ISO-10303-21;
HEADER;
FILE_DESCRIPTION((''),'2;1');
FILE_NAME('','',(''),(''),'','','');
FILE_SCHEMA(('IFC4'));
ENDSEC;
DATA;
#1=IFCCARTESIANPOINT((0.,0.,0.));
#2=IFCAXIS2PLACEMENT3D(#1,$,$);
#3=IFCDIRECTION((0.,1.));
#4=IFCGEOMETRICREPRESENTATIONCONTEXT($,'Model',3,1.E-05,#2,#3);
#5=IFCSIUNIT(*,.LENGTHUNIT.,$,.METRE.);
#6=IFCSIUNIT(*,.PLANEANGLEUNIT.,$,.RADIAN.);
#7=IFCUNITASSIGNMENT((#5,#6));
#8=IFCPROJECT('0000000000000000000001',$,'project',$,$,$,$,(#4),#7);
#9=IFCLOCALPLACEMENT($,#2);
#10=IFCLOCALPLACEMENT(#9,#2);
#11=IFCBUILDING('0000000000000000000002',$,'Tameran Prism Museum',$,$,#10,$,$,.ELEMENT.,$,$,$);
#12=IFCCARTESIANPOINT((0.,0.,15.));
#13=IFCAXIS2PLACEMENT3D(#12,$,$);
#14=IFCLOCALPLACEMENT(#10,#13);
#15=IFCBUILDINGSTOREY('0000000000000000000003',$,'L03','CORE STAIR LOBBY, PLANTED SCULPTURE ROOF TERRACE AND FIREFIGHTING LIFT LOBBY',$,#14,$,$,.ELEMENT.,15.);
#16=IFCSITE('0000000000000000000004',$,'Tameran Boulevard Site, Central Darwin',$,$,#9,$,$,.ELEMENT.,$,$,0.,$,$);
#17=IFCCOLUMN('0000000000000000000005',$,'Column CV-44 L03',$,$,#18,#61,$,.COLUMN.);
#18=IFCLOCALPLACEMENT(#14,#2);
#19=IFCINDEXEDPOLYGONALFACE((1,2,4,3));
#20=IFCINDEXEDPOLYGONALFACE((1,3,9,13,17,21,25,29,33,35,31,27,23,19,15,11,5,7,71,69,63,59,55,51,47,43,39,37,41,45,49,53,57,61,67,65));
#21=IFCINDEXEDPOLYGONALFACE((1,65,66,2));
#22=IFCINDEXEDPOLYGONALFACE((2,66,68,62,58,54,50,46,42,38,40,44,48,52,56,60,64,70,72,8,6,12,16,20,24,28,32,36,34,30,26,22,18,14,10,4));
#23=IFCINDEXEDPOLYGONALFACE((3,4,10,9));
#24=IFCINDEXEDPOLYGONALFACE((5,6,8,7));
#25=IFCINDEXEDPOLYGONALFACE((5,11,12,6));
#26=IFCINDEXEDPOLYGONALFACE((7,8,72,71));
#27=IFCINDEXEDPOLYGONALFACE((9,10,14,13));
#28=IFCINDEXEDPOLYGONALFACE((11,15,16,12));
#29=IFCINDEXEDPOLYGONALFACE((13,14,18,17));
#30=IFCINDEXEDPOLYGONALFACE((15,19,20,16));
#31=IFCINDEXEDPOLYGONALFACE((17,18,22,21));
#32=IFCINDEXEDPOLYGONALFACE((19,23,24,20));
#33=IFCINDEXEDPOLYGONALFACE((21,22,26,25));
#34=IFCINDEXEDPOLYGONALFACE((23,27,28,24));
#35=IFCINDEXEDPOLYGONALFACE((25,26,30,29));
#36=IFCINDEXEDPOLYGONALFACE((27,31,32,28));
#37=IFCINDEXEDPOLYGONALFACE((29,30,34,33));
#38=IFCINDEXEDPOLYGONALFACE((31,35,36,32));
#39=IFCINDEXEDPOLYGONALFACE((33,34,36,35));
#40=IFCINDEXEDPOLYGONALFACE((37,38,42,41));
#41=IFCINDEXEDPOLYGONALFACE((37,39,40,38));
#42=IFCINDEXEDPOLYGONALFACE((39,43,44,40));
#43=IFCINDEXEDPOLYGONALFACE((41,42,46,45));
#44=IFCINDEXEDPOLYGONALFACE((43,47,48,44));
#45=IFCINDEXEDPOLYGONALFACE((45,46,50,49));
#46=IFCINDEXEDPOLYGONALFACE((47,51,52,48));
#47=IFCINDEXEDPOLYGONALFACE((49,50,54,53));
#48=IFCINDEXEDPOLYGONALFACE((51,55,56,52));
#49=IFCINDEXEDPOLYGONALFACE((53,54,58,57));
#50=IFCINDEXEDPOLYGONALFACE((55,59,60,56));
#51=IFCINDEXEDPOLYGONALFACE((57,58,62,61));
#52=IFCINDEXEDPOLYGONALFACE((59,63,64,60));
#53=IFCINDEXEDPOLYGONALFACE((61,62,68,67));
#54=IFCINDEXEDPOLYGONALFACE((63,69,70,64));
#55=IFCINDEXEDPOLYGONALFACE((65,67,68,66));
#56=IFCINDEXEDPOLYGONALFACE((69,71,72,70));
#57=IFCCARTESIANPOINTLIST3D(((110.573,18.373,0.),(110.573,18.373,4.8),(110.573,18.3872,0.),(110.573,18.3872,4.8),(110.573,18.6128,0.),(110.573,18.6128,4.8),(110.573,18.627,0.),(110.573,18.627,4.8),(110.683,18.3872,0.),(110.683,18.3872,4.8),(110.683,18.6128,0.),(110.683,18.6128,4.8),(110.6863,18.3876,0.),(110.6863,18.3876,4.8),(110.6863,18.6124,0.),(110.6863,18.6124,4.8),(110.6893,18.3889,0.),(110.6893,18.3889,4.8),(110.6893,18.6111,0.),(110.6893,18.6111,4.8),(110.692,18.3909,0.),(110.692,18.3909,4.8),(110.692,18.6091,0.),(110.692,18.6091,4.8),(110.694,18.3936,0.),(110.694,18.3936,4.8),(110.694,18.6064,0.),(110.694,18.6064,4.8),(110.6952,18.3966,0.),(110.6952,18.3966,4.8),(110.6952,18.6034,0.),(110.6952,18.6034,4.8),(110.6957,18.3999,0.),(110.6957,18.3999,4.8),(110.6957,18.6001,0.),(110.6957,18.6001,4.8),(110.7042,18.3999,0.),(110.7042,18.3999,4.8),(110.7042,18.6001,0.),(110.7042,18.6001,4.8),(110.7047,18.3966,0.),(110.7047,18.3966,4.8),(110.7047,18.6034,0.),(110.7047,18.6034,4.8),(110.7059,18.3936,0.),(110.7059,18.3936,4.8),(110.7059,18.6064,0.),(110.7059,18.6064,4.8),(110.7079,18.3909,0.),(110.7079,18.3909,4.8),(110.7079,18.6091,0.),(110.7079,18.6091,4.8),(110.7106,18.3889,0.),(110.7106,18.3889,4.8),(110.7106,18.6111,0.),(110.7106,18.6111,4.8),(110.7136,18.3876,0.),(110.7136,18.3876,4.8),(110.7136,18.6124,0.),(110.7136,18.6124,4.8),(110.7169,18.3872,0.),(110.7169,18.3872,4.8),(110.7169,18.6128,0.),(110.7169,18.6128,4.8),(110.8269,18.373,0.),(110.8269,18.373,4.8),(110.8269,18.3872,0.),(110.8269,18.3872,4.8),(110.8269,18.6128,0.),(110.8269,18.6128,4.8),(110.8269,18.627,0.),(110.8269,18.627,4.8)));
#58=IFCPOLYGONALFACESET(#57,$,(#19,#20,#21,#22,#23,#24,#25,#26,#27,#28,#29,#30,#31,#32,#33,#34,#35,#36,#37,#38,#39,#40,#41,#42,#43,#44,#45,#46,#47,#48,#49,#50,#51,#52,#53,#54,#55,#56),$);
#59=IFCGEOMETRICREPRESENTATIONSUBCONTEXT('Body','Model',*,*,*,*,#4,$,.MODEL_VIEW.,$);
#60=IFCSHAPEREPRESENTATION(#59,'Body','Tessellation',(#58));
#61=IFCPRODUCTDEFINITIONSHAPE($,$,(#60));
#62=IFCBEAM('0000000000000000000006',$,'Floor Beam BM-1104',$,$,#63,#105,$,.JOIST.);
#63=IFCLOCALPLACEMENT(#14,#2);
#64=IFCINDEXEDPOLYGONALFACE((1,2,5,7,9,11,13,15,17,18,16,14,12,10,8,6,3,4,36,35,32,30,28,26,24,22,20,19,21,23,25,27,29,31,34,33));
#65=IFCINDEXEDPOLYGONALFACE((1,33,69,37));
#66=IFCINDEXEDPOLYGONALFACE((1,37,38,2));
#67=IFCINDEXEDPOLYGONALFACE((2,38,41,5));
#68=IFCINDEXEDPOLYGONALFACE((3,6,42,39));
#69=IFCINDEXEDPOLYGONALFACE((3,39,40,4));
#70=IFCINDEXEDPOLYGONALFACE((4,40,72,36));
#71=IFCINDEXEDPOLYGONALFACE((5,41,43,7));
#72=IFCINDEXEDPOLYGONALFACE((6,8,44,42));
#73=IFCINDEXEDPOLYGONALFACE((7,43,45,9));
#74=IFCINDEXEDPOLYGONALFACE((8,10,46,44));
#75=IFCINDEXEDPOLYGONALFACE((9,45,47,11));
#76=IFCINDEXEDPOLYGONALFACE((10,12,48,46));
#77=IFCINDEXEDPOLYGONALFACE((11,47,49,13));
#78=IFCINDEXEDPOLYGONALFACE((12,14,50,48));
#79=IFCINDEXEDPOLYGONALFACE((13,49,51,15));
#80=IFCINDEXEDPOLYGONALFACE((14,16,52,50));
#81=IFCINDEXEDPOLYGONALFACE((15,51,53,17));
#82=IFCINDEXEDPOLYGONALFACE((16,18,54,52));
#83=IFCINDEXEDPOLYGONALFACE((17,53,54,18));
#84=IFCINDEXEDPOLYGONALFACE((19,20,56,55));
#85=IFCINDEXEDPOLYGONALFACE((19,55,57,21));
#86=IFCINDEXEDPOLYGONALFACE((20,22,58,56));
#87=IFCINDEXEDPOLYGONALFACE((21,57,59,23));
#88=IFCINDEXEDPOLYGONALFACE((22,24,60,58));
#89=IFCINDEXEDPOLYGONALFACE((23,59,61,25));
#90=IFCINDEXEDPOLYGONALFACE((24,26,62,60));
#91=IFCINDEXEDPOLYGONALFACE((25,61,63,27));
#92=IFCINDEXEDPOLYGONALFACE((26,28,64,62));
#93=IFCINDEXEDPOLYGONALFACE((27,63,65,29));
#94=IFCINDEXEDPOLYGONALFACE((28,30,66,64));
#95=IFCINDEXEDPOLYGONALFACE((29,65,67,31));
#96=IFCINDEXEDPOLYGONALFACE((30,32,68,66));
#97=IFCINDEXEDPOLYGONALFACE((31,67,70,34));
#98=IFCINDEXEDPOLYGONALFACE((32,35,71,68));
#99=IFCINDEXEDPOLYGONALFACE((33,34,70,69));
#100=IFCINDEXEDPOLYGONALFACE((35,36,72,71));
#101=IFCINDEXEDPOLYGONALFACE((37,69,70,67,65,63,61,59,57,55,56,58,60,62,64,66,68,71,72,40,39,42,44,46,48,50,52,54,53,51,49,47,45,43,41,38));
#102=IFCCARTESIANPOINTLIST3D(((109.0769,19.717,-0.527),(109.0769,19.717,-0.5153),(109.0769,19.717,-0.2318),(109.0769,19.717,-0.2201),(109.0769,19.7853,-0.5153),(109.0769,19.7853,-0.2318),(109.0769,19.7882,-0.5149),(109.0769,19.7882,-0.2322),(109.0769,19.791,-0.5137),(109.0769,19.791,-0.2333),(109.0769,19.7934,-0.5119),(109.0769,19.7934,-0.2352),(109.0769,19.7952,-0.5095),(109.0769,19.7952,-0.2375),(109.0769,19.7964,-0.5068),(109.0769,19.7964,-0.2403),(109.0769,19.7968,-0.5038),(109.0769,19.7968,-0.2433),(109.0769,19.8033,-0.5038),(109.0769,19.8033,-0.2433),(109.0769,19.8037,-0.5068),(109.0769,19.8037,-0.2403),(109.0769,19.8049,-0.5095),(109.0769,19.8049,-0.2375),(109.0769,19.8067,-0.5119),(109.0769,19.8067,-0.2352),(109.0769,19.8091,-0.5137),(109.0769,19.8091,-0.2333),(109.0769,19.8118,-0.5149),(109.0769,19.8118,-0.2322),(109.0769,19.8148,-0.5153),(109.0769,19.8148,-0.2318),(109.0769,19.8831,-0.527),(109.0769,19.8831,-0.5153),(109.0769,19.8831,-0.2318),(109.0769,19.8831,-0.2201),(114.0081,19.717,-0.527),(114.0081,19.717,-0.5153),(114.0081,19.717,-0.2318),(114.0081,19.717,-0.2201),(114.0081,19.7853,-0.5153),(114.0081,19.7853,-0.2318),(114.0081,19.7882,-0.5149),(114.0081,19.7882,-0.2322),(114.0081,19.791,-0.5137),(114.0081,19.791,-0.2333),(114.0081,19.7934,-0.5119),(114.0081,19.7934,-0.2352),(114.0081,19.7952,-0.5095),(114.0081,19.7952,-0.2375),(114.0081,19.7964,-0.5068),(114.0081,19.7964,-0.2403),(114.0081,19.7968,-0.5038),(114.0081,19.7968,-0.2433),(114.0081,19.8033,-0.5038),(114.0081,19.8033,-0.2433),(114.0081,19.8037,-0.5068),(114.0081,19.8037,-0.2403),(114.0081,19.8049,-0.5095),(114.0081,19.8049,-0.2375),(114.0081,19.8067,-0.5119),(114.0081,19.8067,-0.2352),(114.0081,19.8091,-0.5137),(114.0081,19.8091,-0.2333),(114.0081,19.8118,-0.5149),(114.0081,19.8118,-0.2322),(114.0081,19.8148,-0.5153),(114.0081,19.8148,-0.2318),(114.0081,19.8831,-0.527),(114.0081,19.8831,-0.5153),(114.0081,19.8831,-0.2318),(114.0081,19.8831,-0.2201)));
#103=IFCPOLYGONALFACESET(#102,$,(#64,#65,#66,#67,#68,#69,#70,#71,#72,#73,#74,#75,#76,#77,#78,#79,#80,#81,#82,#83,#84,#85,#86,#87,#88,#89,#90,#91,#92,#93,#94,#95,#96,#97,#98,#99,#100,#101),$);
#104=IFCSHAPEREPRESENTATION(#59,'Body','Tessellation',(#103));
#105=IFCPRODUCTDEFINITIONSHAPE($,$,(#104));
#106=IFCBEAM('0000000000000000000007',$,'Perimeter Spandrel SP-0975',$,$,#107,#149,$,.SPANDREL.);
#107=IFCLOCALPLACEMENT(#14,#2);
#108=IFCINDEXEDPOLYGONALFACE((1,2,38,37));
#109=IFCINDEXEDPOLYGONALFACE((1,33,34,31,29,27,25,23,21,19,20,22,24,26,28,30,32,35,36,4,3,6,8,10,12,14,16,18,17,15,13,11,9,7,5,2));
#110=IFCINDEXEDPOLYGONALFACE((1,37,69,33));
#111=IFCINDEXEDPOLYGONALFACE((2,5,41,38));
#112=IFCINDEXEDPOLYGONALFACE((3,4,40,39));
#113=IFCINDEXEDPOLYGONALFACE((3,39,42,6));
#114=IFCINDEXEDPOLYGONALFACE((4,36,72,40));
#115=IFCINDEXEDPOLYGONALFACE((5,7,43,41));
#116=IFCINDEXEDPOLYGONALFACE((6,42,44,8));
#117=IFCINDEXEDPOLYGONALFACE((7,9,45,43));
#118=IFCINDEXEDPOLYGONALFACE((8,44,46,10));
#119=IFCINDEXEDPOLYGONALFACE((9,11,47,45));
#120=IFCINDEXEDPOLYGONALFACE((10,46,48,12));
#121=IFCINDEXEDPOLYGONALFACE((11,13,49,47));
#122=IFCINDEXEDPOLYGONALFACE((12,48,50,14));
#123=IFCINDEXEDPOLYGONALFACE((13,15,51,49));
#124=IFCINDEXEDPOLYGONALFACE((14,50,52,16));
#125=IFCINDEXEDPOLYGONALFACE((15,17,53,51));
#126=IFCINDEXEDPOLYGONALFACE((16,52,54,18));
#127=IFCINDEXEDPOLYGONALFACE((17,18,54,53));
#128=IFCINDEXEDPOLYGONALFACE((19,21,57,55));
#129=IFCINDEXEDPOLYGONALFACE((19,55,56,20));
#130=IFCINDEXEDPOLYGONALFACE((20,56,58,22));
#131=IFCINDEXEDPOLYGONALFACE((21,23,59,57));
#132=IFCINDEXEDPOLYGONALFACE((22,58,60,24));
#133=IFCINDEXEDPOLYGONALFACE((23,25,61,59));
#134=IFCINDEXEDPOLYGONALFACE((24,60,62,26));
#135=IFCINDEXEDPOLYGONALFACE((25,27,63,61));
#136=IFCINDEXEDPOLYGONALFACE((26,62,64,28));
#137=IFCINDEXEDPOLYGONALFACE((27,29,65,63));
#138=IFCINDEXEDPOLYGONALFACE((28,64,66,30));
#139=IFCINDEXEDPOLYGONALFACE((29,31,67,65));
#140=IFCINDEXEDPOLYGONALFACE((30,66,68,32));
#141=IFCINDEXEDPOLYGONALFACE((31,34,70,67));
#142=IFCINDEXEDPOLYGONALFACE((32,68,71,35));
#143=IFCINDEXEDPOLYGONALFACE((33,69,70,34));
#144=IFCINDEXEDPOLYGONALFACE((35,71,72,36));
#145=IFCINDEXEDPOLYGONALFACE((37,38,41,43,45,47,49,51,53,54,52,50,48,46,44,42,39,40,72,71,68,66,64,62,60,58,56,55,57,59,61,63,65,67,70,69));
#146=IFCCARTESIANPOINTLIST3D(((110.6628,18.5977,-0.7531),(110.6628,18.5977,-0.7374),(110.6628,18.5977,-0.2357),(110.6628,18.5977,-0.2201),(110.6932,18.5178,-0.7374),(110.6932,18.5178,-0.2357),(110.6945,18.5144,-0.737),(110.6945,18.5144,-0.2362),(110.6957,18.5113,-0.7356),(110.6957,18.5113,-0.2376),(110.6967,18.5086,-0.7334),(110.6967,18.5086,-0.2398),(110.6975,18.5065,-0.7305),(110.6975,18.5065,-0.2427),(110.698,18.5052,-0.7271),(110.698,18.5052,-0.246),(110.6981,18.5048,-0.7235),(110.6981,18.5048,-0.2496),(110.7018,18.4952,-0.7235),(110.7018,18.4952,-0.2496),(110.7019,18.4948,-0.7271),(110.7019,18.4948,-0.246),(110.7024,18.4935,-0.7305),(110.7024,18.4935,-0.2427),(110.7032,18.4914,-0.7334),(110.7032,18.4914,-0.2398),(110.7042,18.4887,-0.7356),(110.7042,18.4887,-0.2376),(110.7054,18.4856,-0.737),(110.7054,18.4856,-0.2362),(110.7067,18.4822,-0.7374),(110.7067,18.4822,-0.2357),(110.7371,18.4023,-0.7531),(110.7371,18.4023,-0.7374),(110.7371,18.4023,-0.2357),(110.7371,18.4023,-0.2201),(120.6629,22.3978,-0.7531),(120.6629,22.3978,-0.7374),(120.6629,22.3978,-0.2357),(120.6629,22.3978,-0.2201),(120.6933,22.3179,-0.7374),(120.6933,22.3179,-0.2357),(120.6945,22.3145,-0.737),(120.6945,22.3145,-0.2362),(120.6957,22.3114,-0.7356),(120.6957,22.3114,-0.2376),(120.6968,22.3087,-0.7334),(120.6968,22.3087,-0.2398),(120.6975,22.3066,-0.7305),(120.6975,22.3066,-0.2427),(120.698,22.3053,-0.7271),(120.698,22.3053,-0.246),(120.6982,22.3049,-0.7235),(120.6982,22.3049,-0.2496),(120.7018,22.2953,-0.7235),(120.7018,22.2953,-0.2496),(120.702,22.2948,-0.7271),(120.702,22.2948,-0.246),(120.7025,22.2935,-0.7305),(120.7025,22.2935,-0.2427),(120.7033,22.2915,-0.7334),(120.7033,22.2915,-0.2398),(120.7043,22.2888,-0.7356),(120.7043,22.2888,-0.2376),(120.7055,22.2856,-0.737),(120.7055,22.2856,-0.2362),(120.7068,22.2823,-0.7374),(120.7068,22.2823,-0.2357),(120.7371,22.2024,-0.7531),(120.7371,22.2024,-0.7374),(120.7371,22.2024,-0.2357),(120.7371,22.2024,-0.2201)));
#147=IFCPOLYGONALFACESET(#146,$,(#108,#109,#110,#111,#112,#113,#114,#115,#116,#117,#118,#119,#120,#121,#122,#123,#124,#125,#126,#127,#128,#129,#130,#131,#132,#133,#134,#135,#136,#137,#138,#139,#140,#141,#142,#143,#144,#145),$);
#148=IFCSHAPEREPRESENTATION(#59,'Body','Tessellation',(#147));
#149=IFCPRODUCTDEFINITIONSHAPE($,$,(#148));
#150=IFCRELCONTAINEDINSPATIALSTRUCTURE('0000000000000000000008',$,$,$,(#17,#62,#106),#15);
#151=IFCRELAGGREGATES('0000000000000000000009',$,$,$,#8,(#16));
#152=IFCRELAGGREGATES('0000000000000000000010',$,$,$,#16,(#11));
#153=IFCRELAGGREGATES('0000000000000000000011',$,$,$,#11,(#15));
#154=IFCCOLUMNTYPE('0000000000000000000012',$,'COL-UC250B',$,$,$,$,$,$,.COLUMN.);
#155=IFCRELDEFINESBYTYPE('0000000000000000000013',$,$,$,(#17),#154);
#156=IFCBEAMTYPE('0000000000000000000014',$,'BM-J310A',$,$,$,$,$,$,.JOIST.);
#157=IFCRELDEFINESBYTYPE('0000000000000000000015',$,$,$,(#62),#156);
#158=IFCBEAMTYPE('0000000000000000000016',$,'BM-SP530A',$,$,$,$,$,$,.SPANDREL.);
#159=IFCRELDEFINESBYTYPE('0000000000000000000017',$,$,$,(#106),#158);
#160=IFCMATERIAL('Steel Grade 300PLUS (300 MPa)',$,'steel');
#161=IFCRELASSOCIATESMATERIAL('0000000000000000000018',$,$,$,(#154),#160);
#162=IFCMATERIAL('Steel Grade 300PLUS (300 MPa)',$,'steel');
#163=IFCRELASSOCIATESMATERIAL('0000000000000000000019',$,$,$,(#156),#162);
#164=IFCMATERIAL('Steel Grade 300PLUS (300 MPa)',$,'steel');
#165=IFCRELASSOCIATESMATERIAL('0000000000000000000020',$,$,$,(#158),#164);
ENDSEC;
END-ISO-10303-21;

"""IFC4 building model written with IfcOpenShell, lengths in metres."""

from ifc_helpers import new_model, si_unit, direction, frame, origin, origin_2d, place, context, subcontext, project, spatial, i_section, extrude, material, material_profile, profile_set, type_object, element, save


model = new_model("IFC4")

# Units and contexts
model_context = context("Model", 3, precision=1e-05, world=origin(), true_north=direction((0.0, 1.0)))
body_context = subcontext(model_context, "Body", "Model", "MODEL_VIEW")
ifc_project = project(units=[si_unit("LENGTHUNIT", "METRE"), si_unit("PLANEANGLEUNIT", "RADIAN")], contexts=[model_context])

# Site, building, storey
site_placement = place(None, origin())
site = spatial("IfcSite", under=ifc_project, at=site_placement, Name="Tameran Boulevard Site, Central Darwin", CompositionType="ELEMENT", RefElevation=0.0)
building_placement = place(site_placement, origin())
building = spatial("IfcBuilding", under=site, at=building_placement, Name="Tameran Prism Museum", CompositionType="ELEMENT")
storey_placement = place(building_placement, frame((0.0, 0.0, 15.0)))
storey = spatial("IfcBuildingStorey", under=building, at=storey_placement, Name="L03", Description="CORE STAIR LOBBY, PLANTED SCULPTURE ROOF TERRACE AND FIREFIGHTING LIFT LOBBY", CompositionType="ELEMENT", Elevation=15.0)

# Column
ifc_material_1 = material(Name="Steel Grade 300PLUS (300 MPa)", Category="steel")
ifc_material_profile_1 = material_profile(ifc_material_1, i_section(OverallWidth=0.2539, OverallDepth=0.2539, WebThickness=0.0085, FlangeThickness=0.0142, FilletRadius=0.0127, at=origin_2d()))
ifc_profile_set_1 = profile_set([ifc_material_profile_1])
column_type = type_object("IfcColumnType", Name="COL-UC250B", PredefinedType="COLUMN", material=ifc_profile_set_1)
column_placement = place(storey_placement, frame((110.7, 18.5, 0.0), z_axis=(0.0, 0.0, 1.0), x_axis=(1.0, 0.0, 0.0)))
element("IfcColumn", 1, at=column_placement, inside=storey, type_object=column_type, Name="Column CV-44 L03", PredefinedType="COLUMN", context=body_context, shape_type="SweptSolid", body=[
    extrude(i_section(OverallWidth=0.2539, OverallDepth=0.2539, WebThickness=0.0085, FlangeThickness=0.0142, FilletRadius=0.0127, at=origin_2d()), origin(), (0.0, 0.0, 1.0), 4.8),
])

# Beams
ifc_material_2 = material(Name="Steel Grade 300PLUS (300 MPa)", Category="steel")
ifc_material_profile_2 = material_profile(ifc_material_2, i_section(OverallWidth=0.166, OverallDepth=0.3069, WebThickness=0.0066, FlangeThickness=0.0117, FilletRadius=0.0115, at=origin_2d()))
ifc_profile_set_2 = profile_set([ifc_material_profile_2])
beam_type_1 = type_object("IfcBeamType", Name="BM-J310A", PredefinedType="JOIST", material=ifc_profile_set_2)
beam_1_placement = place(storey_placement, frame((109.0769, 19.8, -0.3735), z_axis=(1.0, 0.0, 0.0), x_axis=(0.0, 1.0, 0.0)))
element("IfcBeam", 2, at=beam_1_placement, inside=storey, type_object=beam_type_1, Name="Floor Beam BM-1104", PredefinedType="JOIST", context=body_context, shape_type="SweptSolid", body=[
    extrude(i_section(OverallWidth=0.166, OverallDepth=0.3069, WebThickness=0.0066, FlangeThickness=0.0117, FilletRadius=0.0115, at=origin_2d()), origin(), (0.0, 0.0, 1.0), 4.9312),
])
ifc_material_3 = material(Name="Steel Grade 300PLUS (300 MPa)", Category="steel")
ifc_material_profile_3 = material_profile(ifc_material_3, i_section(OverallWidth=0.209, OverallDepth=0.533, WebThickness=0.0103, FlangeThickness=0.0156, FilletRadius=0.0139, at=origin_2d()))
ifc_profile_set_3 = profile_set([ifc_material_profile_3])
beam_type_2 = type_object("IfcBeamType", Name="BM-SP530A", PredefinedType="SPANDREL", material=ifc_profile_set_3)
beam_2_placement = place(storey_placement, frame((110.7, 18.5, -0.4866), z_axis=(0.934782, 0.355222, 0.0), x_axis=(-0.355222, 0.934782, 0.0)))
element("IfcBeam", 3, at=beam_2_placement, inside=storey, type_object=beam_type_2, Name="Perimeter Spandrel SP-0975", PredefinedType="SPANDREL", context=body_context, shape_type="SweptSolid", body=[
    extrude(i_section(OverallWidth=0.209, OverallDepth=0.533, WebThickness=0.0103, FlangeThickness=0.0156, FilletRadius=0.0139, at=origin_2d()), origin(), (0.0, 0.0, 1.0), 10.6978),
])

save(model, "model.ifc")
